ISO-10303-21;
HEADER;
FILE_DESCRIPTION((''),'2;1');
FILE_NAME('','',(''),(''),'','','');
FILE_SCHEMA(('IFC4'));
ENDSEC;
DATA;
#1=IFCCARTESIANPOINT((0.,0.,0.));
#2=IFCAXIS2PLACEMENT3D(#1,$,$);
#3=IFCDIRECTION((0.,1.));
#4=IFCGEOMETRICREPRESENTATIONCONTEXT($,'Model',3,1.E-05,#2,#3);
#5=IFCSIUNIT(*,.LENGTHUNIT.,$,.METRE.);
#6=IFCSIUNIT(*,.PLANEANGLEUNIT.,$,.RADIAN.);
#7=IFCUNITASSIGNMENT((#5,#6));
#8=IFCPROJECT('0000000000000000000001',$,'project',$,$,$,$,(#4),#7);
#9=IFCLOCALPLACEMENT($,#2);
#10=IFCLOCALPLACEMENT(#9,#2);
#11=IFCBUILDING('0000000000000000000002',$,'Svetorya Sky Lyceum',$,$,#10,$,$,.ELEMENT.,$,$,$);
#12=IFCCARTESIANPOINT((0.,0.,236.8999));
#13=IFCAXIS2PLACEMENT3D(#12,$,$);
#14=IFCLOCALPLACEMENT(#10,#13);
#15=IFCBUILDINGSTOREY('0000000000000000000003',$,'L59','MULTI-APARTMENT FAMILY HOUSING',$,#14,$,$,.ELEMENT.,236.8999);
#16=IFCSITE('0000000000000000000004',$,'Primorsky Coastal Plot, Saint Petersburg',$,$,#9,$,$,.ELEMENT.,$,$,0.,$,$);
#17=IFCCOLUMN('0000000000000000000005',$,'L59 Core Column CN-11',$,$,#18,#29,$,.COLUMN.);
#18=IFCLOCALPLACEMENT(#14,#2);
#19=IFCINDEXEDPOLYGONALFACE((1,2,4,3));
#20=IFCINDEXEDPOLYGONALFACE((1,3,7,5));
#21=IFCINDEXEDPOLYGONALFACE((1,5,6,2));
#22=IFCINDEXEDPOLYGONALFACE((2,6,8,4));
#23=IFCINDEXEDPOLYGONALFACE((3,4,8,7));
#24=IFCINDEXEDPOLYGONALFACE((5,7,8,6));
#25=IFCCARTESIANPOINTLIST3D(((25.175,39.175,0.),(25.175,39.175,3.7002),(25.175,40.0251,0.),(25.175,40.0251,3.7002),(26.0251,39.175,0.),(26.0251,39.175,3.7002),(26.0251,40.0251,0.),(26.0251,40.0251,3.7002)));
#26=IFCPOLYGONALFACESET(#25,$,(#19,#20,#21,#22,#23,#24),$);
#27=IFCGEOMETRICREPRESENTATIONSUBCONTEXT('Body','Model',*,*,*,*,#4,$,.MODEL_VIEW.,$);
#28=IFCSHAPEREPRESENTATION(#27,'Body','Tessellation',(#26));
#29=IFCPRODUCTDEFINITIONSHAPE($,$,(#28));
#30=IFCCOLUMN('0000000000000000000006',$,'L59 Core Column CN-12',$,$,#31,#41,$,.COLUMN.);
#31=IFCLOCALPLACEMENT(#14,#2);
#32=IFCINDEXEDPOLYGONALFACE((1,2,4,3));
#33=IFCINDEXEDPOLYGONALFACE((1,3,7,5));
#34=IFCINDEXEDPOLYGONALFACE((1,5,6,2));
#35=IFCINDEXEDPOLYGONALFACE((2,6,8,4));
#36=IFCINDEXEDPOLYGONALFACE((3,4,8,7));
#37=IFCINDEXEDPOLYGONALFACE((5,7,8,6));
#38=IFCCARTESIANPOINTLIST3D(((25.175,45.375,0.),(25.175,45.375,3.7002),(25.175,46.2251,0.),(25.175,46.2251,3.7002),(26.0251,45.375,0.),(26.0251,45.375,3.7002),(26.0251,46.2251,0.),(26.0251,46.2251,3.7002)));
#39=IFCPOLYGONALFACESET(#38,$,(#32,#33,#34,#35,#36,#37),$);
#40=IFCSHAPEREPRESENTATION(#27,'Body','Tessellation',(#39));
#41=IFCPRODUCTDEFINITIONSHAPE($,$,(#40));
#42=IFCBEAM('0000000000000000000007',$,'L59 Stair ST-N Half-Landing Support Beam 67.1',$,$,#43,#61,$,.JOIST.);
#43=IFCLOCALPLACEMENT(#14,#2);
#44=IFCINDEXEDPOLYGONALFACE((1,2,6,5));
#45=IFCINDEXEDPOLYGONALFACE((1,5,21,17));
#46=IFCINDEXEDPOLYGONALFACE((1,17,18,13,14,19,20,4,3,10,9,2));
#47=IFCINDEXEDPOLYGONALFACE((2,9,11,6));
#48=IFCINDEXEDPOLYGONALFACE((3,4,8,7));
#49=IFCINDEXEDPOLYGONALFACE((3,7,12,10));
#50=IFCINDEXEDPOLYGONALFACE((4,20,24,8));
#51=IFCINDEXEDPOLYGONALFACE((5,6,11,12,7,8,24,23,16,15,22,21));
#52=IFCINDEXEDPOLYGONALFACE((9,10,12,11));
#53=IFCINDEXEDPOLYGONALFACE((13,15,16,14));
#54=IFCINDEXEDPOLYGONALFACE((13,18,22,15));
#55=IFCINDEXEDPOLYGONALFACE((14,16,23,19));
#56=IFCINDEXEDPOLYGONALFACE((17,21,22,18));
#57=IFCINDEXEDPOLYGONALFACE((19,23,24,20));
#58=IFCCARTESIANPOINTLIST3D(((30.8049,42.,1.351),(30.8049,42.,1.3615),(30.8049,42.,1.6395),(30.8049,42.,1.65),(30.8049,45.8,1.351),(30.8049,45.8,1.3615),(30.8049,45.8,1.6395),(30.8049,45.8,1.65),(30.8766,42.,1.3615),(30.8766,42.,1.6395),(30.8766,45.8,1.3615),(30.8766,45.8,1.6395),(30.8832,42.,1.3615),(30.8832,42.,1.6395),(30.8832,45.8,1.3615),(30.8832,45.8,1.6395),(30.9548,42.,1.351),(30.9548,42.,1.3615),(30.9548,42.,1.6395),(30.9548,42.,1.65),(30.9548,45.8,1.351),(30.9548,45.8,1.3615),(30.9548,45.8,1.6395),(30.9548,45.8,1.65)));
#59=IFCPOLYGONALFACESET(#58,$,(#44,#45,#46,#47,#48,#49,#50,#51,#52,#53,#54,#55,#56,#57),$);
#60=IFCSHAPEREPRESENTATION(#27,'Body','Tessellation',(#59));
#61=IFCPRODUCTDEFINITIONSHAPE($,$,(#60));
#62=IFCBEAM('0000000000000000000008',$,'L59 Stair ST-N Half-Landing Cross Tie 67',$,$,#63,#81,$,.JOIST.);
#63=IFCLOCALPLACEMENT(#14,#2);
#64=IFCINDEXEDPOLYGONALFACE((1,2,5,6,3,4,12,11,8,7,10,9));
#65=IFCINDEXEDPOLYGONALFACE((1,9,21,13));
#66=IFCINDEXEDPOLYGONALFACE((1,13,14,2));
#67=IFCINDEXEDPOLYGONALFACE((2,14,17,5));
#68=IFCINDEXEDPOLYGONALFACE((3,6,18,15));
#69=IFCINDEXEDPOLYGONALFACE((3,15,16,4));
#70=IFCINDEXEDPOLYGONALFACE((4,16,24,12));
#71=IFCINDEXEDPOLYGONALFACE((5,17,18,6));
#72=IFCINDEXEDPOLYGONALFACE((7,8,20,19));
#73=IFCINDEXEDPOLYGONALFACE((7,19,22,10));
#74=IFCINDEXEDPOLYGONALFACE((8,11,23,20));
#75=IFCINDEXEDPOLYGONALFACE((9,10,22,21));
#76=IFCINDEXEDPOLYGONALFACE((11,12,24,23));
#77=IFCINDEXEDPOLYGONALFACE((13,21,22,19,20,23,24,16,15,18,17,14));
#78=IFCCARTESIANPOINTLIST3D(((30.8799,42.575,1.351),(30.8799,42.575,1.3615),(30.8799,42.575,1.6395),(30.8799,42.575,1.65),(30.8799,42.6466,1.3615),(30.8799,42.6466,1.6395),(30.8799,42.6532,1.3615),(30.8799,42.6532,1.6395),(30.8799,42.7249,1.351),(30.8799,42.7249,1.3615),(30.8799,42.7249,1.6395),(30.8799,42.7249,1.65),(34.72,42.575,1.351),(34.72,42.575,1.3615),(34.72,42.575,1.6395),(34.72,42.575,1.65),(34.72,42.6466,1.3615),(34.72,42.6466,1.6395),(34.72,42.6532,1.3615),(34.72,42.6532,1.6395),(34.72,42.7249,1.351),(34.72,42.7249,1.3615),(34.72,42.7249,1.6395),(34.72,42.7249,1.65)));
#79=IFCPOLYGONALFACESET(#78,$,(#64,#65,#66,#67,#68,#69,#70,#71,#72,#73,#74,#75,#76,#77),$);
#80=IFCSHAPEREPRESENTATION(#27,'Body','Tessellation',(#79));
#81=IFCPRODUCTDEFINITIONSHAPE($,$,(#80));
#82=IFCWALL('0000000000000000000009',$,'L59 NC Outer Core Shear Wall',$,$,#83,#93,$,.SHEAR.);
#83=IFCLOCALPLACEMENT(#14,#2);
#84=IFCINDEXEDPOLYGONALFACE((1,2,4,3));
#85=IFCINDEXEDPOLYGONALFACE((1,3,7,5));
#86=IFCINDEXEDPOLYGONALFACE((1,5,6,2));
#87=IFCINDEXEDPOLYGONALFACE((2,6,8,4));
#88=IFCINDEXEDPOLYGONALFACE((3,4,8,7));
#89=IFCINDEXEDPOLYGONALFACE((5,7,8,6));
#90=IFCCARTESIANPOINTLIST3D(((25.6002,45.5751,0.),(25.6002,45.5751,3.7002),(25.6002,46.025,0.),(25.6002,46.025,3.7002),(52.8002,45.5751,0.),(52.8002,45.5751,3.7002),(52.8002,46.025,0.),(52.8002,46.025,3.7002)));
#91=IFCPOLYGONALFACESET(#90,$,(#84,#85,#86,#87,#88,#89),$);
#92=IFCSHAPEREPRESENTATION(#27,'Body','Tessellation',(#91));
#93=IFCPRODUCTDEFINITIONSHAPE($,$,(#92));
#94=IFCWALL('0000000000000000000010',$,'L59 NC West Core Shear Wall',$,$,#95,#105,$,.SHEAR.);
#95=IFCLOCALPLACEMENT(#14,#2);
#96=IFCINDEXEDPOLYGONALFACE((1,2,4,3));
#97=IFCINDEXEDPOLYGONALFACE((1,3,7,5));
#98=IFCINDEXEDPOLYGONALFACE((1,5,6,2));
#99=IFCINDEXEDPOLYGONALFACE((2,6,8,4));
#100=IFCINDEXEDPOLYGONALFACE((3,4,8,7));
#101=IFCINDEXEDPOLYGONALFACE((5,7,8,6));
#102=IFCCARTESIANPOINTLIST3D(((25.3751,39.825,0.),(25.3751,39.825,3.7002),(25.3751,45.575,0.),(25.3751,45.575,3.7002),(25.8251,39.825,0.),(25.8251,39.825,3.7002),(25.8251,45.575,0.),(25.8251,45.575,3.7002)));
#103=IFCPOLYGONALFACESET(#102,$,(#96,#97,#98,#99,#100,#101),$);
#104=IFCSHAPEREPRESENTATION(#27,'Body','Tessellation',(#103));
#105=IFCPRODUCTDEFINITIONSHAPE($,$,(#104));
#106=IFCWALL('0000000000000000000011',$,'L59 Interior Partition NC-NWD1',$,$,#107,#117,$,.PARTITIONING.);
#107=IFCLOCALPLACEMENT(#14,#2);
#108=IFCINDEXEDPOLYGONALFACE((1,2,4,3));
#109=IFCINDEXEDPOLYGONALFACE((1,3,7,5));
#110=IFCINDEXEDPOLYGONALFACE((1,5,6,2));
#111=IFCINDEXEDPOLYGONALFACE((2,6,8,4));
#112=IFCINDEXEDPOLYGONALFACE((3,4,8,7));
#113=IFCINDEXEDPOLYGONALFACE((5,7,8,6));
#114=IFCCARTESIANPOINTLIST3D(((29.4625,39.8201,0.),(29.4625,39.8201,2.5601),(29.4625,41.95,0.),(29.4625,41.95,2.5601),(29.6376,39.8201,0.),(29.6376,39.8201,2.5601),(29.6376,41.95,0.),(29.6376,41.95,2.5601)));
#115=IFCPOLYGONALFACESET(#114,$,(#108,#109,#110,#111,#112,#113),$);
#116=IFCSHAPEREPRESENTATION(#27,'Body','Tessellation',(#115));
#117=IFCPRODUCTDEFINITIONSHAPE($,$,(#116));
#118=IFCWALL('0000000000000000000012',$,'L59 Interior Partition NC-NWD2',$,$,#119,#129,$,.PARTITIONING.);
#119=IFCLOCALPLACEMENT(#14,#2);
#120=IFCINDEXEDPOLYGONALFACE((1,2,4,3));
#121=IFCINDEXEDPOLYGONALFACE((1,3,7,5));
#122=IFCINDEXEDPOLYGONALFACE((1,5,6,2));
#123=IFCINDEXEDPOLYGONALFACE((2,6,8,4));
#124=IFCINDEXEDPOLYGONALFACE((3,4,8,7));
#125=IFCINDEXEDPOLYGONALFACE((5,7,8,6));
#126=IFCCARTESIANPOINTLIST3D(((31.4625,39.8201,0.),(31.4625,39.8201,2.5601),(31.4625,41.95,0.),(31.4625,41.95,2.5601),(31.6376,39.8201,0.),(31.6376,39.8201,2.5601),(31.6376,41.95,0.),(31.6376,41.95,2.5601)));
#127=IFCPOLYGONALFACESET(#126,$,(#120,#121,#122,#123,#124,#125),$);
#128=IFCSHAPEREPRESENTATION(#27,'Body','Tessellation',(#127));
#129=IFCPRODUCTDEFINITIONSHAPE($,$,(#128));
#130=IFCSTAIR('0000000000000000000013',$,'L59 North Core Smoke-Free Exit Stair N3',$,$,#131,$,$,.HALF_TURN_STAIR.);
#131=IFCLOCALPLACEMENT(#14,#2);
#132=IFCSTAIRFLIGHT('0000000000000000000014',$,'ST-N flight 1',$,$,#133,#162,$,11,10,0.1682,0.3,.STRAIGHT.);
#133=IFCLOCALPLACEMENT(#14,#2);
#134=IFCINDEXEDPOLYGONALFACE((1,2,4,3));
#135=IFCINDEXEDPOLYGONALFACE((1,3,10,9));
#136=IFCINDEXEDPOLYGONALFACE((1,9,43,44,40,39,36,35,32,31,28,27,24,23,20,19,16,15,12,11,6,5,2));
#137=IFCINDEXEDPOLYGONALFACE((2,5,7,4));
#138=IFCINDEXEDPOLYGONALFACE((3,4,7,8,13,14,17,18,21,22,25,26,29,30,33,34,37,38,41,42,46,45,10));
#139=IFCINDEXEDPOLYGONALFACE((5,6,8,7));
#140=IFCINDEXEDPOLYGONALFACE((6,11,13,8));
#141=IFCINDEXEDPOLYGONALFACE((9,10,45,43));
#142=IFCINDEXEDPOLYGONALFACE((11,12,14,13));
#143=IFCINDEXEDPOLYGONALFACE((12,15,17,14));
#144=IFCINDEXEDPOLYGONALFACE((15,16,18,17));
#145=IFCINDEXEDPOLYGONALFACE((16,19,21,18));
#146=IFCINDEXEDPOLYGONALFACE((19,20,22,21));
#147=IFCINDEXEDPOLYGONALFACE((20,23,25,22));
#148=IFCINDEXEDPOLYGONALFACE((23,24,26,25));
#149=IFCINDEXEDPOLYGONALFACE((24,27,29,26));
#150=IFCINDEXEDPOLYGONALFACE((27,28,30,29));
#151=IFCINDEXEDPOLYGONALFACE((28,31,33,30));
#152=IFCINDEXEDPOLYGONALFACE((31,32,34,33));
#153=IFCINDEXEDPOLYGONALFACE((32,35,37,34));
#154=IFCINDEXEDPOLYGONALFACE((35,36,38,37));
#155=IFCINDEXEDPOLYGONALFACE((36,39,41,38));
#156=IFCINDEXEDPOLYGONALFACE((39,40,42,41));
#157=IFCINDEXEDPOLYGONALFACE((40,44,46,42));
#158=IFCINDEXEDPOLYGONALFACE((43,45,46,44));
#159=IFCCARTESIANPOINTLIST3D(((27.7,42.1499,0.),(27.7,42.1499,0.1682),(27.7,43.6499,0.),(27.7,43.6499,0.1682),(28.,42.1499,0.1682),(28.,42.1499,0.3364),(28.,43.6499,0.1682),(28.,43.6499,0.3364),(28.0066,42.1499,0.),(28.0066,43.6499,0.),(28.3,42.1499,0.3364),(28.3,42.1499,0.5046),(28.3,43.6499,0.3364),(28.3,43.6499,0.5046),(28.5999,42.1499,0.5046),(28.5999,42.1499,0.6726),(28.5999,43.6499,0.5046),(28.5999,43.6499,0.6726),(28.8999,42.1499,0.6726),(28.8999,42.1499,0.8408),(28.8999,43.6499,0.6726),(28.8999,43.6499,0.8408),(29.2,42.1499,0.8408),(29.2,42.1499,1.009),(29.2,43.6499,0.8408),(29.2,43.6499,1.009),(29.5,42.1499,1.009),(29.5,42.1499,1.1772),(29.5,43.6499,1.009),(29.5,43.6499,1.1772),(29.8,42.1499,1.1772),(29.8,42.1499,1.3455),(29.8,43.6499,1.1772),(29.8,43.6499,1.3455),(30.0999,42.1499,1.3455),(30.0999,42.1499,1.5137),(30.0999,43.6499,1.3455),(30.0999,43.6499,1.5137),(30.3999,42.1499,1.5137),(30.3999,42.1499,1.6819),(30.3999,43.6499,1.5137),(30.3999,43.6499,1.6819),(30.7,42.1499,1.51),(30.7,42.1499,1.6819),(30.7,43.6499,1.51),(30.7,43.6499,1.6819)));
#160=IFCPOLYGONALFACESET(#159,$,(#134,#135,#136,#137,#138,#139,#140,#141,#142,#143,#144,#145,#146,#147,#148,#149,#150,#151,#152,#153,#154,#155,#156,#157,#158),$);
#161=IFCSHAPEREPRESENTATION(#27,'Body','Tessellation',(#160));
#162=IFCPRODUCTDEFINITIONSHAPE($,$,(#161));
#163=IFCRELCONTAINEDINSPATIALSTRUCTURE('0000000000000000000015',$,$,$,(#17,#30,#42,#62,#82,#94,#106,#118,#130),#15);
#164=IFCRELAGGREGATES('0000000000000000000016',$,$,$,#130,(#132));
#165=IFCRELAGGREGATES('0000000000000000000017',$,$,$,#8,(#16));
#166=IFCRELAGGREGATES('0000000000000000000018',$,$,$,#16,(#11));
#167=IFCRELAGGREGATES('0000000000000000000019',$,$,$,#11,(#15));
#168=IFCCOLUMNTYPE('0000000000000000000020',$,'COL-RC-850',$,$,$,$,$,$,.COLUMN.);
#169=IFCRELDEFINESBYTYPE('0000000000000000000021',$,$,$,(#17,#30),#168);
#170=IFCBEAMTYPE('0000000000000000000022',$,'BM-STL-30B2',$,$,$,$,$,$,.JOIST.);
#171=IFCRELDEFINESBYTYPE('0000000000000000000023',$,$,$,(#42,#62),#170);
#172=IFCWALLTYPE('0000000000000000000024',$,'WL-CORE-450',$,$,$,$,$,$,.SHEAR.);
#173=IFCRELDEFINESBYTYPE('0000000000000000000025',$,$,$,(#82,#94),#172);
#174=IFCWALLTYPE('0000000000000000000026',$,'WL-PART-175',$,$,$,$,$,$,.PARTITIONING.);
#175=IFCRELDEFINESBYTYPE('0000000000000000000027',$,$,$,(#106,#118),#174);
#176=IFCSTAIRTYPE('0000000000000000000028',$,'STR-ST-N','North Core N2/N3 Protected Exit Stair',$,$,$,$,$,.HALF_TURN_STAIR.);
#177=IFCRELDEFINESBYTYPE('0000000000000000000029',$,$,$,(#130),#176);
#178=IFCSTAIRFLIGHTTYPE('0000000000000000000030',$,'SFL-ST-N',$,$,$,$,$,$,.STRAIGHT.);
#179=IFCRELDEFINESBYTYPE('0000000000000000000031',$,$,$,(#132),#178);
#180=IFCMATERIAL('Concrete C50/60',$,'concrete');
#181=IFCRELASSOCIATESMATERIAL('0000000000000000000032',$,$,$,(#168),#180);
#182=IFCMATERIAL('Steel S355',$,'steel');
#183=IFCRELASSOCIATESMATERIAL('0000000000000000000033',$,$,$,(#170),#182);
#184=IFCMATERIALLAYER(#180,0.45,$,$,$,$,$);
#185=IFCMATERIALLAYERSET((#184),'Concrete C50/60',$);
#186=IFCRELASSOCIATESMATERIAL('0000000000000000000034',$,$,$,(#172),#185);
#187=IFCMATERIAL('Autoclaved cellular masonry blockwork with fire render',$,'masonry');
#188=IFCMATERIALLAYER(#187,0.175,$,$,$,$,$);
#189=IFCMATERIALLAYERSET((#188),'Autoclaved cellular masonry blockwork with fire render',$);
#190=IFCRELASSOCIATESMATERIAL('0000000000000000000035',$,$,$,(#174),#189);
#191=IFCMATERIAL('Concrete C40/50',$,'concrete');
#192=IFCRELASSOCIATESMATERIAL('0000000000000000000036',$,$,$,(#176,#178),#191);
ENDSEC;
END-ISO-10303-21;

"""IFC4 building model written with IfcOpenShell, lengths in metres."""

from ifc_helpers import new_model, si_unit, direction, frame, frame_2d, origin, origin_2d, place, context, subcontext, project, spatial, polyline, rectangle, i_section, outline, extrude, material, layer, layer_set, material_profile, profile_set, type_object, element, aggregate, save


model = new_model("IFC4")

# Units and contexts
model_context = context("Model", 3, precision=1e-05, world=origin(), true_north=direction((0.0, 1.0)))
body_context = subcontext(model_context, "Body", "Model", "MODEL_VIEW")
ifc_project = project(units=[si_unit("LENGTHUNIT", "METRE"), si_unit("PLANEANGLEUNIT", "RADIAN")], contexts=[model_context])

# Site, building, storey
site_placement = place(None, origin())
site = spatial("IfcSite", under=ifc_project, at=site_placement, Name="Primorsky Coastal Plot, Saint Petersburg", CompositionType="ELEMENT", RefElevation=0.0)
building_placement = place(site_placement, origin())
building = spatial("IfcBuilding", under=site, at=building_placement, Name="Svetorya Sky Lyceum", CompositionType="ELEMENT")
storey_placement = place(building_placement, frame((0.0, 0.0, 236.8999)))
storey = spatial("IfcBuildingStorey", under=building, at=storey_placement, Name="L59", Description="MULTI-APARTMENT FAMILY HOUSING", CompositionType="ELEMENT", Elevation=236.8999)

# Columns
ifc_material_1 = material(Name="Concrete C50/60", Category="concrete")
ifc_material_profile_1 = material_profile(ifc_material_1, rectangle(XDim=0.8501, YDim=0.8501, at=origin_2d()), Name="RC COL 850x850")
ifc_profile_set_1 = profile_set([ifc_material_profile_1], Name="Concrete C50/60")
column_type = type_object("IfcColumnType", Name="COL-RC-850", PredefinedType="COLUMN", material=ifc_profile_set_1)
for number, where, z_axis, x_axis, name in (
    (1, (25.6001, 39.6001, 0.0), (0.0, 0.0, 1.0), (1.0, 0.0, 0.0), "L59 Core Column CN-11"),
    (2, (25.6001, 45.8, 0.0), (0.0, 0.0, 1.0), (1.0, 0.0, 0.0), "L59 Core Column CN-12"),
):
    element("IfcColumn", number, at=place(storey_placement, frame(where, z_axis=z_axis, x_axis=x_axis)), inside=storey, type_object=column_type, Name=name, PredefinedType="COLUMN", context=body_context, shape_type="SweptSolid", body=[
        extrude(rectangle(XDim=0.8501, YDim=0.8501, at=origin_2d()), origin(), (0.0, 0.0, 1.0), 3.7002),
    ])

# Beams
ifc_material_2 = material(Name="Steel S355", Category="steel")
ifc_material_profile_2 = material_profile(ifc_material_2, i_section(OverallWidth=0.1499, OverallDepth=0.2991, WebThickness=0.0066, FlangeThickness=0.0105, at=origin_2d()), Name="GOST 30B2")
ifc_profile_set_2 = profile_set([ifc_material_profile_2], Name="Steel S355")
beam_type = type_object("IfcBeamType", Name="BM-STL-30B2", PredefinedType="JOIST", material=ifc_profile_set_2)
beam_1_placement = place(storey_placement, frame((30.8799, 42.0, 1.5005), z_axis=(0.0, 1.0, 0.0), x_axis=(-1.0, 0.0, 0.0)))
element("IfcBeam", 3, at=beam_1_placement, inside=storey, type_object=beam_type, Name="L59 Stair ST-N Half-Landing Support Beam 67.1", PredefinedType="JOIST", context=body_context, shape_type="SweptSolid", body=[
    extrude(i_section(OverallWidth=0.1499, OverallDepth=0.2991, WebThickness=0.0066, FlangeThickness=0.0105, at=origin_2d()), origin(), (0.0, 0.0, 1.0), 3.8),
])
beam_2_placement = place(storey_placement, frame((30.8799, 42.6499, 1.5005), z_axis=(1.0, 0.0, 0.0), x_axis=(0.0, 1.0, 0.0)))
element("IfcBeam", 4, at=beam_2_placement, inside=storey, type_object=beam_type, Name="L59 Stair ST-N Half-Landing Cross Tie 67", PredefinedType="JOIST", context=body_context, shape_type="SweptSolid", body=[
    extrude(i_section(OverallWidth=0.1499, OverallDepth=0.2991, WebThickness=0.0066, FlangeThickness=0.0105, at=origin_2d()), origin(), (0.0, 0.0, 1.0), 3.8401),
])

# Walls
ifc_layer_1 = layer(ifc_material_1, 0.45)
ifc_layer_set_1 = layer_set([ifc_layer_1], Name="Concrete C50/60")
wall_type_1 = type_object("IfcWallType", Name="WL-CORE-450", PredefinedType="SHEAR", material=ifc_layer_set_1)
wall_1_placement = place(storey_placement, frame((25.6001, 45.8, 0.0), z_axis=(0.0, 0.0, 1.0), x_axis=(1.0, 0.0, 0.0)))
element("IfcWall", 5, at=wall_1_placement, inside=storey, type_object=wall_type_1, Name="L59 NC Outer Core Shear Wall", PredefinedType="SHEAR", context=body_context, shape_type="SweptSolid", body=[
    extrude(rectangle(XDim=27.2, YDim=0.45, at=frame_2d((13.6001, 0.0))), origin(), (0.0, 0.0, 1.0), 3.7002),
])
wall_2_placement = place(storey_placement, frame((25.6001, 39.825, 0.0), z_axis=(0.0, 0.0, 1.0), x_axis=(0.0, 1.0, 0.0)))
element("IfcWall", 6, at=wall_2_placement, inside=storey, type_object=wall_type_1, Name="L59 NC West Core Shear Wall", PredefinedType="SHEAR", context=body_context, shape_type="SweptSolid", body=[
    extrude(rectangle(XDim=5.75, YDim=0.45, at=frame_2d((2.875, 0.0))), origin(), (0.0, 0.0, 1.0), 3.7002),
])
ifc_material_3 = material(Name="Autoclaved cellular masonry blockwork with fire render", Category="masonry")
ifc_layer_2 = layer(ifc_material_3, 0.175)
ifc_layer_set_2 = layer_set([ifc_layer_2], Name="Autoclaved cellular masonry blockwork with fire render")
wall_type_2 = type_object("IfcWallType", Name="WL-PART-175", PredefinedType="PARTITIONING", material=ifc_layer_set_2)
for number, where, z_axis, x_axis, name in (
    (7, (29.55, 39.8201, 0.0), (0.0, 0.0, 1.0), (0.0, 1.0, 0.0), "L59 Interior Partition NC-NWD1"),
    (8, (31.55, 39.8201, 0.0), (0.0, 0.0, 1.0), (0.0, 1.0, 0.0), "L59 Interior Partition NC-NWD2"),
):
    element("IfcWall", number, at=place(storey_placement, frame(where, z_axis=z_axis, x_axis=x_axis)), inside=storey, type_object=wall_type_2, Name=name, PredefinedType="PARTITIONING", context=body_context, shape_type="SweptSolid", body=[
        extrude(rectangle(XDim=2.1299, YDim=0.175, at=frame_2d((1.0649, 0.0))), origin(), (0.0, 0.0, 1.0), 2.5601),
    ])

# Stair, stair flight
ifc_material_4 = material(Name="Concrete C40/50", Category="concrete")
stair_type = type_object("IfcStairType", Name="STR-ST-N", Description="North Core N2/N3 Protected Exit Stair", PredefinedType="HALF_TURN_STAIR", material=ifc_material_4)
stair_placement = place(storey_placement, origin())
stair = element("IfcStair", 9, at=stair_placement, inside=storey, type_object=stair_type, Name="L59 North Core Smoke-Free Exit Stair N3", PredefinedType="HALF_TURN_STAIR")
stair_flight_type = type_object("IfcStairFlightType", Name="SFL-ST-N", PredefinedType="STRAIGHT", material=ifc_material_4)
stair_flight_1_placement = place(storey_placement, frame((27.7, 42.8999, 0.0), z_axis=(0.0, 0.0, 1.0), x_axis=(1.0, 0.0, 0.0)))
stair_flight_1 = element("IfcStairFlight", 10, at=stair_flight_1_placement, type_object=stair_flight_type, Name="ST-N flight 1", NumberOfRisers=11, NumberOfTreads=10, PredefinedType="STRAIGHT", RiserHeight=0.1682, TreadLength=0.3, context=body_context, shape_type="SweptSolid", body=[
    extrude(outline(polyline([(0.0, 0.0), (0.0, 0.1682), (0.3, 0.1682), (0.3, 0.3364), (0.6001, 0.3364), (0.6001, 0.5046), (0.8999, 0.5046), (0.8999, 0.6726), (1.2, 0.6726), (1.2, 0.8408), (1.5, 0.8408), (1.5, 1.009), (1.8, 1.009), (1.8, 1.1772), (2.1001, 1.1772), (2.1001, 1.3455), (2.3999, 1.3455), (2.3999, 1.5137), (2.7, 1.5137), (2.7, 1.6819), (3.0, 1.6819), (3.0, 1.8501), (3.0, 1.51), (0.3066, 0.0), (0.0, 0.0)])), frame((0.0, 0.75, 0.0), z_axis=(0.0, -1.0, 0.0), x_axis=(1.0, 0.0, 0.0)), (0.0, 0.0, 1.0), 1.5),
])
aggregate(stair, [stair_flight_1])

save(model, "model.ifc")
